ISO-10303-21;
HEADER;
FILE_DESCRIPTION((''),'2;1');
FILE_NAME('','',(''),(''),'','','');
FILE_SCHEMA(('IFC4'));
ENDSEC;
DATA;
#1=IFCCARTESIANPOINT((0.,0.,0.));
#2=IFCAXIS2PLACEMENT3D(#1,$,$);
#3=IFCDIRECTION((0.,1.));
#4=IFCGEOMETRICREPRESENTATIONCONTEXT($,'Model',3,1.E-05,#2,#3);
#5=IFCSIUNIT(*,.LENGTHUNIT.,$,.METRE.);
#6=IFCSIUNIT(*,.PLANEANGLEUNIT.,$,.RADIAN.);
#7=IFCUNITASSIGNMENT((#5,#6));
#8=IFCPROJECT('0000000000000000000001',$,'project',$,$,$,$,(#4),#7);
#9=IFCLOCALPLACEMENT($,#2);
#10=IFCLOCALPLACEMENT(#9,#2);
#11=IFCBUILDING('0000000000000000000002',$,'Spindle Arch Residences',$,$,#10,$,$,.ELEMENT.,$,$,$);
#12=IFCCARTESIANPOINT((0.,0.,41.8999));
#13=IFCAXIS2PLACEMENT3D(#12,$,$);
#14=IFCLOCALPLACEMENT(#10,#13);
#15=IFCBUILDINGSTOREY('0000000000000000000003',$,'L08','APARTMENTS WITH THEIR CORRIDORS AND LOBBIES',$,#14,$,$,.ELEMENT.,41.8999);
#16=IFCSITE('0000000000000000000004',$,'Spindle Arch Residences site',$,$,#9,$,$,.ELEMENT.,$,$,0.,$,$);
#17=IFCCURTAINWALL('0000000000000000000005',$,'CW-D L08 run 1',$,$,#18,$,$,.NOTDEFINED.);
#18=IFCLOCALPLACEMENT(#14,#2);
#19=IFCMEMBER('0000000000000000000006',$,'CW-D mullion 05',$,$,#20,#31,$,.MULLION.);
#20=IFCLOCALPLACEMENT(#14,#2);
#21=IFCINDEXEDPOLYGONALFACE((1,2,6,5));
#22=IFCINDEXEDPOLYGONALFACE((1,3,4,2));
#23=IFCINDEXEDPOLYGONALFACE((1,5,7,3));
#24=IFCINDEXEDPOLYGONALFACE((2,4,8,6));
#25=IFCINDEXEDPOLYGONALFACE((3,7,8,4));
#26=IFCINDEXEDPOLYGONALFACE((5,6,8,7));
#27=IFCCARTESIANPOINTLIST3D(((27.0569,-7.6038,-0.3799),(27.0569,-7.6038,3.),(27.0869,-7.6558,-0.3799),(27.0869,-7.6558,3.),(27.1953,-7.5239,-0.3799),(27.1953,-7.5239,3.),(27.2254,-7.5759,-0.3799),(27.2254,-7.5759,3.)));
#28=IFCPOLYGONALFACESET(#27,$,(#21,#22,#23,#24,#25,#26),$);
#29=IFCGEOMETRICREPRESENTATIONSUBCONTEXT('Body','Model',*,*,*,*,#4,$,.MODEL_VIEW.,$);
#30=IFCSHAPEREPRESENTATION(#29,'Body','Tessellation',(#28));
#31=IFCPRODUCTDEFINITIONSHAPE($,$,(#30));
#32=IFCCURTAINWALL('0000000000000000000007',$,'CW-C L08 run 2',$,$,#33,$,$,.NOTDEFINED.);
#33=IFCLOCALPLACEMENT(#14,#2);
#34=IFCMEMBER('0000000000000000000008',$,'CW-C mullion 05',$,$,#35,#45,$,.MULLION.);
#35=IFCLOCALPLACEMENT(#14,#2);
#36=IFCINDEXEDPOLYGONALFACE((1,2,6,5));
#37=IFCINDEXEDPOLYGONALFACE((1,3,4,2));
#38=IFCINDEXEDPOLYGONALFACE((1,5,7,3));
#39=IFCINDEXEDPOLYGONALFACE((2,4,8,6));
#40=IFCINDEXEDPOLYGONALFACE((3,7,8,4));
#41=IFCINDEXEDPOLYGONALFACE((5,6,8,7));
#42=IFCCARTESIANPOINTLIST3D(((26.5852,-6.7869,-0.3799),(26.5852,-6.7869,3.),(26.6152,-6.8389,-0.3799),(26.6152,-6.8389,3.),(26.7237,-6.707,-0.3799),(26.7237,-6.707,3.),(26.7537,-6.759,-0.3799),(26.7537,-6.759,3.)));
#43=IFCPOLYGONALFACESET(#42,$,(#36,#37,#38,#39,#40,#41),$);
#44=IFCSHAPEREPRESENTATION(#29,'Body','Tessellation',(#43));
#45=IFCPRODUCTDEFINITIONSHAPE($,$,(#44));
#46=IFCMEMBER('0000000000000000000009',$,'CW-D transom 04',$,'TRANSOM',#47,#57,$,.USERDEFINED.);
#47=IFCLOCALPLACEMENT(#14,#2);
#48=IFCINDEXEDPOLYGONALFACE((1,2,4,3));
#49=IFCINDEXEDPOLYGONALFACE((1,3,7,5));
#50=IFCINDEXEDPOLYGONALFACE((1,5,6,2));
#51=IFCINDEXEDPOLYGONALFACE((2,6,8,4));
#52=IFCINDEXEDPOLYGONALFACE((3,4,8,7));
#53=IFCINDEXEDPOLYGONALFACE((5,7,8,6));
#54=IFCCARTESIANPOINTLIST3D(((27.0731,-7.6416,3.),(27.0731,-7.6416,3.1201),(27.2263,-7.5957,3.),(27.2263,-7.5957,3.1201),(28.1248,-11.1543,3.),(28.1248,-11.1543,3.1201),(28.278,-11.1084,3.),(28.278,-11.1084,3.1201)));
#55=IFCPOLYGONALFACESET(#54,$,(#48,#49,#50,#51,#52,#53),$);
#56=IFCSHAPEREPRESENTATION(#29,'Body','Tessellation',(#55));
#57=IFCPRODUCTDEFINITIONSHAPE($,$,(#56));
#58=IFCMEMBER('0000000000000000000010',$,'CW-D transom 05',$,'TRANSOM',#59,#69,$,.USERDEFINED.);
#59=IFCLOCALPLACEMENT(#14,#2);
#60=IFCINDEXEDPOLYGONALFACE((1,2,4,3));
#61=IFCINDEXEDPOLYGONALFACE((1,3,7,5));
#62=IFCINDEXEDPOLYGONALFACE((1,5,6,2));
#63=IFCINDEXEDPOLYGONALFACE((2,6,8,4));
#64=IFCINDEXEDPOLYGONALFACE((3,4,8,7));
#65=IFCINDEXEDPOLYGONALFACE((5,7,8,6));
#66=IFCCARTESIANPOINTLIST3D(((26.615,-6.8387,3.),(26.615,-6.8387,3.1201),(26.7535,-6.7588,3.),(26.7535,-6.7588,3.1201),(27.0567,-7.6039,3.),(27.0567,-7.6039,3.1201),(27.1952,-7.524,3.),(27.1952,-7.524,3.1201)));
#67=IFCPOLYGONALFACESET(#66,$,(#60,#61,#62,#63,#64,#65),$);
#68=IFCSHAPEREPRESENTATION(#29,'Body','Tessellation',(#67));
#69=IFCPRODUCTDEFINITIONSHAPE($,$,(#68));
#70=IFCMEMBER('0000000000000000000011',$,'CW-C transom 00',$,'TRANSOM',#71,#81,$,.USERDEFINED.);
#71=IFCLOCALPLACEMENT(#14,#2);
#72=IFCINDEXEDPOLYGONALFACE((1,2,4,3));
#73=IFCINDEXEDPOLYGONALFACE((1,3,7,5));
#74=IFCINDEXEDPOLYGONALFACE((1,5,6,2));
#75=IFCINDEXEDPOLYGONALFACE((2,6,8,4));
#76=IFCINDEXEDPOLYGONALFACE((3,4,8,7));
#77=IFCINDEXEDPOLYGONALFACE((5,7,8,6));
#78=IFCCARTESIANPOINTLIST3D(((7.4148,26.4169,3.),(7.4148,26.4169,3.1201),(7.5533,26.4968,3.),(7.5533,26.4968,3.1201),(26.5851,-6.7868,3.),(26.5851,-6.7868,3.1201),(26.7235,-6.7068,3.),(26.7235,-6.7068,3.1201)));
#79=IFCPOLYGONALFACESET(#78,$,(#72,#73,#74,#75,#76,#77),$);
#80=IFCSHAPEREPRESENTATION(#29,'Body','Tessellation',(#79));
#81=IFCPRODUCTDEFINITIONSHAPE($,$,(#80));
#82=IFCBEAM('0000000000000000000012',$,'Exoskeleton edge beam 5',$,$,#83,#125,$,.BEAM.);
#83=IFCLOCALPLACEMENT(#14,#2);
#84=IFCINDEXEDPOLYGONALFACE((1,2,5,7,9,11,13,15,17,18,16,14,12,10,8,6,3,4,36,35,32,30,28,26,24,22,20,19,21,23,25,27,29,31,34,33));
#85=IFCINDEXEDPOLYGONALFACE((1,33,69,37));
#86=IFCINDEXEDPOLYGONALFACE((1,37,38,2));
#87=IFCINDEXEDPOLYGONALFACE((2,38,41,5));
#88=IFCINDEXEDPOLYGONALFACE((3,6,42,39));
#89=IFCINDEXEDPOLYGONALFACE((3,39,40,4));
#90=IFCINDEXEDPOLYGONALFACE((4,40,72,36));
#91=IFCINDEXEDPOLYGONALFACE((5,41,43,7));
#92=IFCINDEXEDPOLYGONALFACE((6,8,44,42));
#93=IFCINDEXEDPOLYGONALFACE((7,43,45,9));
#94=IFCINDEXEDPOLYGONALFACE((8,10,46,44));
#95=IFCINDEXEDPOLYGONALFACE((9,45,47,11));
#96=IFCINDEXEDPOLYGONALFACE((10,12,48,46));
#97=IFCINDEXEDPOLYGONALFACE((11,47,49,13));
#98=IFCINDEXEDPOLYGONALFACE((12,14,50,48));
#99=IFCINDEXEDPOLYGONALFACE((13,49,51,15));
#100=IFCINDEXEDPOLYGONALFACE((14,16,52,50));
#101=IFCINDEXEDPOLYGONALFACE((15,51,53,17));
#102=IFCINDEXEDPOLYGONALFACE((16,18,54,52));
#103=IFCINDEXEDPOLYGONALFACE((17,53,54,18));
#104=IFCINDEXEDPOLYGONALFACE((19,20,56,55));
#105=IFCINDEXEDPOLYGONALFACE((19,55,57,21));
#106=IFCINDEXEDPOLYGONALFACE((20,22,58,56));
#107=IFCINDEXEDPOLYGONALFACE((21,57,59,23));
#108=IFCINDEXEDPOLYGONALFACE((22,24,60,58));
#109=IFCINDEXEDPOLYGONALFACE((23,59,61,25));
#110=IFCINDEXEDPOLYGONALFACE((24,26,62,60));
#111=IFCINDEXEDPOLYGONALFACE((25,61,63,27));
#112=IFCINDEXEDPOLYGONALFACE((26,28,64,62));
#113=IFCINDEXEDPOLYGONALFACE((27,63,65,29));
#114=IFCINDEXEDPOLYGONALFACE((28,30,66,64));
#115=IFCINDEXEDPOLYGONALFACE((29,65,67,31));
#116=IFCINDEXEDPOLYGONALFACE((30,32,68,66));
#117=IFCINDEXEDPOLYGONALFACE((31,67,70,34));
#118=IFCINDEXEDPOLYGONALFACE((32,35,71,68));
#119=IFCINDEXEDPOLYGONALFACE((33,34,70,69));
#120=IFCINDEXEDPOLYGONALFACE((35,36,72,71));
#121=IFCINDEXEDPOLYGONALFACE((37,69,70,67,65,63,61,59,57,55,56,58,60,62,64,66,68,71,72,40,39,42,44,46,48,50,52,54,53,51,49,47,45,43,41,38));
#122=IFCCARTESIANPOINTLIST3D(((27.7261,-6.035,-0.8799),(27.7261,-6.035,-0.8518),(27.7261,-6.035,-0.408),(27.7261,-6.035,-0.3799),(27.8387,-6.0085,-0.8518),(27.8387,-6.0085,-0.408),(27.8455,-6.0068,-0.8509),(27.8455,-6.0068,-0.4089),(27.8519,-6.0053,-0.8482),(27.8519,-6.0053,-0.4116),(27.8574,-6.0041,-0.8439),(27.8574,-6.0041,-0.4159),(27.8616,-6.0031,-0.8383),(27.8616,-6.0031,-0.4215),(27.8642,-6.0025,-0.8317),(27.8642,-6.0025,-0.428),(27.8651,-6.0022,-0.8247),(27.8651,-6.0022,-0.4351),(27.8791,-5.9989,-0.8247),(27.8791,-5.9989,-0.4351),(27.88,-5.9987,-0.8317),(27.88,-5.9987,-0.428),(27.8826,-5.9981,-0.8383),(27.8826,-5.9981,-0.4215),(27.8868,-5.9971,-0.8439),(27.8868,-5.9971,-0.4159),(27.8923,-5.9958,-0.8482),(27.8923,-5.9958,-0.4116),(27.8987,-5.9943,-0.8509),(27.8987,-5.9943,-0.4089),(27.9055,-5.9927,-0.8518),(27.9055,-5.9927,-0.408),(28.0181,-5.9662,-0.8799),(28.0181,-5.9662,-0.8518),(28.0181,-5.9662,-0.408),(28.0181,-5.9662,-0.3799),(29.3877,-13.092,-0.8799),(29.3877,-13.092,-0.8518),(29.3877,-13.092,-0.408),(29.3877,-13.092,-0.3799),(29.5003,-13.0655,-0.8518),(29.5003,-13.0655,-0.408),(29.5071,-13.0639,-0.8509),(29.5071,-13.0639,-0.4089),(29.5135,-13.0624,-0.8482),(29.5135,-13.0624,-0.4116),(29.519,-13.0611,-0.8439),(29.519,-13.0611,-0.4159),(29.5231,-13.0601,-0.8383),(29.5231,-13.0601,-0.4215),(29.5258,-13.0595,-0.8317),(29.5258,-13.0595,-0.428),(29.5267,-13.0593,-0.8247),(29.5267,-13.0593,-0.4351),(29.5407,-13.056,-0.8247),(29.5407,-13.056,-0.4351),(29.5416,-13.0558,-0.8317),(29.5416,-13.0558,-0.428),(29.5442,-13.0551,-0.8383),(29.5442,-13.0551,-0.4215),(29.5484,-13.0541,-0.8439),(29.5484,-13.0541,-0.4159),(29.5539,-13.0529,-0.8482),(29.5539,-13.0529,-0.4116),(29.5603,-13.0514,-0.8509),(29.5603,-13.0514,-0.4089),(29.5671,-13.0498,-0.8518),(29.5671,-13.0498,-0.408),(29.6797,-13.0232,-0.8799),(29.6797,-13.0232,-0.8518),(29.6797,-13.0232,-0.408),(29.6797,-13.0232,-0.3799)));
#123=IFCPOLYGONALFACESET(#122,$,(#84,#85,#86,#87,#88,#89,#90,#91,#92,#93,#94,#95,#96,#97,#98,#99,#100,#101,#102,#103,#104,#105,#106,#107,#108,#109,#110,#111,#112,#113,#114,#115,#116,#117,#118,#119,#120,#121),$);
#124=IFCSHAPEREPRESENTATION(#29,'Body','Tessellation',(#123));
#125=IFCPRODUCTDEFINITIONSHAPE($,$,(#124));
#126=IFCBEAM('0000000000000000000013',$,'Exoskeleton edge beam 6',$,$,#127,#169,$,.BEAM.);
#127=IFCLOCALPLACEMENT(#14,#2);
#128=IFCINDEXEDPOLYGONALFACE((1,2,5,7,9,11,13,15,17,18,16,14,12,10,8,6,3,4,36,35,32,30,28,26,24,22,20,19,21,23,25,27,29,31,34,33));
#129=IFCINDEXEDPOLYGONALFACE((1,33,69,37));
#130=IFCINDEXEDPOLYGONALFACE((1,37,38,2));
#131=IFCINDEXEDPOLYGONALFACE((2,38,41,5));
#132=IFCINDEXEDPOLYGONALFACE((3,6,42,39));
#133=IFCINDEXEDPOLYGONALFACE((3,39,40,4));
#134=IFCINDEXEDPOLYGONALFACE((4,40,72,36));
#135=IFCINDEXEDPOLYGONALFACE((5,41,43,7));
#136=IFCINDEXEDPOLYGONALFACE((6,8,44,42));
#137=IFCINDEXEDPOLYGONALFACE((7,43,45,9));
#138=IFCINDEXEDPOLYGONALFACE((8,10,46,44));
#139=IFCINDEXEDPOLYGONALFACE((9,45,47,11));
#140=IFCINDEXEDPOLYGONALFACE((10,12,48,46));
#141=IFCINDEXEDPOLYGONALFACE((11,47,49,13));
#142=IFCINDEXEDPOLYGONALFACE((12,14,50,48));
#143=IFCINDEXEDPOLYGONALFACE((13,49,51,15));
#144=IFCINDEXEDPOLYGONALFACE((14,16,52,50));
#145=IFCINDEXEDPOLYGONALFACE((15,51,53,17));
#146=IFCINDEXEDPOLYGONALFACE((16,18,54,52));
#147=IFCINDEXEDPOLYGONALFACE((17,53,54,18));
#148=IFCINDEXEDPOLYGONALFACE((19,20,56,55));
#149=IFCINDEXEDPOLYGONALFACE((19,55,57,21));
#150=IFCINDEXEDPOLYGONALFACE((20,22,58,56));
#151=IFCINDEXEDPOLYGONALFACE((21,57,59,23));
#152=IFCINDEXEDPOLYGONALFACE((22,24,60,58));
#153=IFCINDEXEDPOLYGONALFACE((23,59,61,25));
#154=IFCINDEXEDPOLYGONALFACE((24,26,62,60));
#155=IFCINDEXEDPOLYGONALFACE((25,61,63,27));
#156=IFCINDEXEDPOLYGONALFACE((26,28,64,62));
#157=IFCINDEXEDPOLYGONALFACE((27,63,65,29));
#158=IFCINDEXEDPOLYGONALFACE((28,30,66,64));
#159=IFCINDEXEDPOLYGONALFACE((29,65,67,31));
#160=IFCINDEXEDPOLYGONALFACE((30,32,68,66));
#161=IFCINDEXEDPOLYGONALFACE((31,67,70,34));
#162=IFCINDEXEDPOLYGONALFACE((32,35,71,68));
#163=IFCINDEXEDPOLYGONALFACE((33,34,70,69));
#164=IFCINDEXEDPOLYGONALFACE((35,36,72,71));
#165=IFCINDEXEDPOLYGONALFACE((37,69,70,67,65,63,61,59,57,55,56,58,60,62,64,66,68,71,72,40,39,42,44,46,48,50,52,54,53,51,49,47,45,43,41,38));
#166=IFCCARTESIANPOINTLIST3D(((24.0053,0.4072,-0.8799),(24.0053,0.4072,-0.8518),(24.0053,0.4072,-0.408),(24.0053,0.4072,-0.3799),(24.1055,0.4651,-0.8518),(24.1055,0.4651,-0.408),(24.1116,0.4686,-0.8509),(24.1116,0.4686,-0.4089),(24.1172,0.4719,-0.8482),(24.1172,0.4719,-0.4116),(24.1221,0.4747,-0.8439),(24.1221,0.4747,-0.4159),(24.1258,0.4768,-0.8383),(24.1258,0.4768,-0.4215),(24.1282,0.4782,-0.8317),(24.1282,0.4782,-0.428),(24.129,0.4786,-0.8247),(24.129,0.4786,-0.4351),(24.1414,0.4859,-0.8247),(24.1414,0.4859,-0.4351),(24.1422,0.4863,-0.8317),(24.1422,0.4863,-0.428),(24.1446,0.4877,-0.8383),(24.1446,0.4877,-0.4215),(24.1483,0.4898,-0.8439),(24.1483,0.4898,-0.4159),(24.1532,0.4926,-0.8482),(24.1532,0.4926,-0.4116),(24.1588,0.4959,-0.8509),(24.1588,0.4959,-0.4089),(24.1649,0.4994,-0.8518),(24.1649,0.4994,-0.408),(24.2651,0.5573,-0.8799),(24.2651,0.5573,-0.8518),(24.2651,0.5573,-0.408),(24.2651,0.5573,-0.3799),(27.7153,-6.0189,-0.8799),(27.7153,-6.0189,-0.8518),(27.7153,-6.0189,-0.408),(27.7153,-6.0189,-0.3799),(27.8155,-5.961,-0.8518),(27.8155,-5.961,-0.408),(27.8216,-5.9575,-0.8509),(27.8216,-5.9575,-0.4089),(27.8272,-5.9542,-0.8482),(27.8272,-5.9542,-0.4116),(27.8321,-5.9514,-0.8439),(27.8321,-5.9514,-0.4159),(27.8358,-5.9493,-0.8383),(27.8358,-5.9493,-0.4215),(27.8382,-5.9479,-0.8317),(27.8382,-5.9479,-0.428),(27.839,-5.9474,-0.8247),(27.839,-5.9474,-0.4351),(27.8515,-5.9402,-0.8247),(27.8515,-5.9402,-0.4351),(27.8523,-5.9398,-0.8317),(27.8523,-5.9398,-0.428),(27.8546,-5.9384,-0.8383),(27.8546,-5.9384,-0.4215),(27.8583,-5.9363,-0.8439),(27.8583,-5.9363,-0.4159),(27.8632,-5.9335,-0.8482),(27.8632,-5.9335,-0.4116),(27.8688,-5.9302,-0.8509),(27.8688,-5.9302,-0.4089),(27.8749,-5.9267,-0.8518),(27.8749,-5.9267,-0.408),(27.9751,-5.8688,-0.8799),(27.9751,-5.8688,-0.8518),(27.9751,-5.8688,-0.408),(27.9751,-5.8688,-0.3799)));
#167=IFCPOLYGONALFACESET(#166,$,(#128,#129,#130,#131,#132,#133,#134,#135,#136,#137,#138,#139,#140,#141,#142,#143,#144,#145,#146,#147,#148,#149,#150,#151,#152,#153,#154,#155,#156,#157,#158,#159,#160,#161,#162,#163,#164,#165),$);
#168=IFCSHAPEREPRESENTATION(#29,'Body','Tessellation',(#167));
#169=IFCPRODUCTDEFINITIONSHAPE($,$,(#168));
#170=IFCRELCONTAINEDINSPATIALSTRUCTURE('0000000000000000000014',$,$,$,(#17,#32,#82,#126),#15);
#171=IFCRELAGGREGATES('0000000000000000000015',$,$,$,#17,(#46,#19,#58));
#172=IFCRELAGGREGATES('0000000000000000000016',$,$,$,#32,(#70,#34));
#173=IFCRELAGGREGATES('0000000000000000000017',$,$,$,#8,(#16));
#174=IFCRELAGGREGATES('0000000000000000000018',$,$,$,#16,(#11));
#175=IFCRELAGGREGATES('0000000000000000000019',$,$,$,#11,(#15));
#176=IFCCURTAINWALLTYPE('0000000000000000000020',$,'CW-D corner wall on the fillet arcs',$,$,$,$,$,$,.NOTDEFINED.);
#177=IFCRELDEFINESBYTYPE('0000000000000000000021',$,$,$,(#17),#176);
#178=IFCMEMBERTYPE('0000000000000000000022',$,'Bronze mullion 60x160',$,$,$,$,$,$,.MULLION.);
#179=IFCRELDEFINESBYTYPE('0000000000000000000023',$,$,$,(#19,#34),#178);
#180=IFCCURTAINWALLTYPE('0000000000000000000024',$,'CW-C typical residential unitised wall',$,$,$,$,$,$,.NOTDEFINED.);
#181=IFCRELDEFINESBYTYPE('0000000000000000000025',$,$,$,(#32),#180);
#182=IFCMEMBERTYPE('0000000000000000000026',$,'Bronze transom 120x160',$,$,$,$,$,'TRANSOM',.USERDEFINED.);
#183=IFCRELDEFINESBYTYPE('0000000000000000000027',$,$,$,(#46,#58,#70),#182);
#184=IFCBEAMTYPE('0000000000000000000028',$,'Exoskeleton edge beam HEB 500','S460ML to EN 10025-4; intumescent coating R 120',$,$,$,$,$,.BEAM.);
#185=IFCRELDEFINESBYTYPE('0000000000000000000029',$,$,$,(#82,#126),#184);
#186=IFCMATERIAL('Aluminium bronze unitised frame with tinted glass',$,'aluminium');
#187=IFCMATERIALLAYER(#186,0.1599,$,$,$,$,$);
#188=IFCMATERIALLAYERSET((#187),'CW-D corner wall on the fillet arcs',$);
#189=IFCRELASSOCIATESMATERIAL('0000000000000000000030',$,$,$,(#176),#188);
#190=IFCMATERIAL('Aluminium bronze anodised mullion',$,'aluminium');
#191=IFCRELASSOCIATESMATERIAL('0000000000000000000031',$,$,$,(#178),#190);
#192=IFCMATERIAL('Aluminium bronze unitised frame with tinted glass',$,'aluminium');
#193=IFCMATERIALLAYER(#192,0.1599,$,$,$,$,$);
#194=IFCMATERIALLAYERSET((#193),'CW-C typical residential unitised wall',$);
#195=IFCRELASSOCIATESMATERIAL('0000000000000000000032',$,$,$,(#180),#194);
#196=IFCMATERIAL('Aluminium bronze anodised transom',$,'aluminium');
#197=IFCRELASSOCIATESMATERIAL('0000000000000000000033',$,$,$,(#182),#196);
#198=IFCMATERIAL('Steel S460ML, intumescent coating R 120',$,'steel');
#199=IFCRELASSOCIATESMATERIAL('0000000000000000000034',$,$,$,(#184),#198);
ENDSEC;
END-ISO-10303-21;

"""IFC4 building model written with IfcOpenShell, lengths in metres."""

from ifc_helpers import new_model, si_unit, direction, frame, origin, origin_2d, place, context, subcontext, project, spatial, rectangle, i_section, extrude, material, layer, layer_set, material_profile, profile_set, type_object, element, aggregate, save


model = new_model("IFC4")

# Units and contexts
model_context = context("Model", 3, precision=1e-05, world=origin(), true_north=direction((0.0, 1.0)))
body_context = subcontext(model_context, "Body", "Model", "MODEL_VIEW")
ifc_project = project(units=[si_unit("LENGTHUNIT", "METRE"), si_unit("PLANEANGLEUNIT", "RADIAN")], contexts=[model_context])

# Site, building, storey
site_placement = place(None, origin())
site = spatial("IfcSite", under=ifc_project, at=site_placement, Name="Spindle Arch Residences site", CompositionType="ELEMENT", RefElevation=0.0)
building_placement = place(site_placement, origin())
building = spatial("IfcBuilding", under=site, at=building_placement, Name="Spindle Arch Residences", CompositionType="ELEMENT")
storey_placement = place(building_placement, frame((0.0, 0.0, 41.8999)))
storey = spatial("IfcBuildingStorey", under=building, at=storey_placement, Name="L08", Description="APARTMENTS WITH THEIR CORRIDORS AND LOBBIES", CompositionType="ELEMENT", Elevation=41.8999)

# Curtain wall, member
ifc_material_1 = material(Name="Aluminium bronze unitised frame with tinted glass", Category="aluminium")
ifc_layer_1 = layer(ifc_material_1, 0.1599)
ifc_layer_set_1 = layer_set([ifc_layer_1], Name="CW-D corner wall on the fillet arcs")
curtain_wall_type_1 = type_object("IfcCurtainWallType", Name="CW-D corner wall on the fillet arcs", PredefinedType="NOTDEFINED", material=ifc_layer_set_1)
curtain_wall_1_placement = place(storey_placement, origin())
curtain_wall_1 = element("IfcCurtainWall", 1, at=curtain_wall_1_placement, inside=storey, type_object=curtain_wall_type_1, Name="CW-D L08 run 1", PredefinedType="NOTDEFINED")
ifc_material_2 = material(Name="Aluminium bronze anodised mullion", Category="aluminium")
ifc_material_profile_1 = material_profile(ifc_material_2, rectangle(XDim=0.1599, YDim=0.0601, at=origin_2d()), Name="MU 60x160")
ifc_profile_set_1 = profile_set([ifc_material_profile_1], Name="Aluminium bronze anodised mullion")
member_type_1 = type_object("IfcMemberType", Name="Bronze mullion 60x160", PredefinedType="MULLION", material=ifc_profile_set_1)
member_1_placement = place(storey_placement, frame((27.1411, -7.5898, -0.3799), z_axis=(0.0, 0.0, 1.0), x_axis=(-0.866025, -0.5, 0.0)))
member_1 = element("IfcMember", 2, at=member_1_placement, type_object=member_type_1, Name="CW-D mullion 05", PredefinedType="MULLION", context=body_context, shape_type="SweptSolid", body=[
    extrude(rectangle(XDim=0.1599, YDim=0.0601, at=origin_2d()), origin(), (0.0, 0.0, 1.0), 3.3799),
])

# Curtain wall, member
ifc_material_3 = material(Name="Aluminium bronze unitised frame with tinted glass", Category="aluminium")
ifc_layer_2 = layer(ifc_material_3, 0.1599)
ifc_layer_set_2 = layer_set([ifc_layer_2], Name="CW-C typical residential unitised wall")
curtain_wall_type_2 = type_object("IfcCurtainWallType", Name="CW-C typical residential unitised wall", PredefinedType="NOTDEFINED", material=ifc_layer_set_2)
curtain_wall_2_placement = place(storey_placement, origin())
curtain_wall_2 = element("IfcCurtainWall", 3, at=curtain_wall_2_placement, inside=storey, type_object=curtain_wall_type_2, Name="CW-C L08 run 2", PredefinedType="NOTDEFINED")
member_2_placement = place(storey_placement, frame((26.6694, -6.7729, -0.3799), z_axis=(0.0, 0.0, 1.0), x_axis=(-0.866025, -0.5, 0.0)))
member_2 = element("IfcMember", 4, at=member_2_placement, type_object=member_type_1, Name="CW-C mullion 05", PredefinedType="MULLION", context=body_context, shape_type="SweptSolid", body=[
    extrude(rectangle(XDim=0.1599, YDim=0.0601, at=origin_2d()), origin(), (0.0, 0.0, 1.0), 3.3799),
])

# Members
ifc_material_4 = material(Name="Aluminium bronze anodised transom", Category="aluminium")
ifc_material_profile_2 = material_profile(ifc_material_4, rectangle(XDim=0.1599, YDim=0.1201, at=origin_2d()), Name="TR 120x160")
ifc_profile_set_2 = profile_set([ifc_material_profile_2], Name="Aluminium bronze anodised transom")
member_type_2 = type_object("IfcMemberType", Name="Bronze transom 120x160", ElementType="TRANSOM", PredefinedType="USERDEFINED", material=ifc_profile_set_2)
member_3_placement = place(storey_placement, frame((28.2014, -11.1313, 3.0601), z_axis=(-0.286835, 0.95798, 0.0), x_axis=(-0.95798, -0.286835, 0.0)))
member_3 = element("IfcMember", 5, at=member_3_placement, type_object=member_type_2, Name="CW-D transom 04", ObjectType="TRANSOM", PredefinedType="USERDEFINED", context=body_context, shape_type="SweptSolid", body=[
    extrude(rectangle(XDim=0.1599, YDim=0.1201, at=origin_2d()), origin(), (0.0, 0.0, 1.0), 3.6667),
])
member_4_placement = place(storey_placement, frame((27.126, -7.564, 3.0601), z_axis=(-0.499914, 0.866075, 0.0), x_axis=(-0.866075, -0.499914, 0.0)))
member_4 = element("IfcMember", 6, at=member_4_placement, type_object=member_type_2, Name="CW-D transom 05", ObjectType="TRANSOM", PredefinedType="USERDEFINED", context=body_context, shape_type="SweptSolid", body=[
    extrude(rectangle(XDim=0.1599, YDim=0.1201, at=origin_2d()), origin(), (0.0, 0.0, 1.0), 0.8835),
])
member_5_placement = place(storey_placement, frame((26.6543, -6.7468, 3.0601), z_axis=(-0.500001, 0.866025, 0.0), x_axis=(-0.866025, -0.500001, 0.0)))
member_5 = element("IfcMember", 7, at=member_5_placement, type_object=member_type_2, Name="CW-C transom 00", ObjectType="TRANSOM", PredefinedType="USERDEFINED", context=body_context, shape_type="SweptSolid", body=[
    extrude(rectangle(XDim=0.1599, YDim=0.1201, at=origin_2d()), origin(), (0.0, 0.0, 1.0), 38.3403),
])

# Beams
ifc_material_5 = material(Name="Steel S460ML, intumescent coating R 120", Category="steel")
ifc_material_profile_3 = material_profile(ifc_material_5, i_section(OverallWidth=0.3, OverallDepth=0.5, WebThickness=0.0144, FlangeThickness=0.0281, FilletRadius=0.0271, at=origin_2d()), Name="HEB 500")
ifc_profile_set_3 = profile_set([ifc_material_profile_3], Name="Steel S460ML, intumescent coating R 120")
beam_type_1 = type_object("IfcBeamType", Name="Exoskeleton edge beam HEB 500", Description="S460ML to EN 10025-4; intumescent coating R 120", PredefinedType="BEAM", material=ifc_profile_set_3)
beam_1_placement = place(storey_placement, frame((29.5337, -13.0576, -0.6299), z_axis=(-0.229186, 0.973383, 0.0), x_axis=(-0.973383, -0.229186, 0.0)))
element("IfcBeam", 8, at=beam_1_placement, inside=storey, type_object=beam_type_1, Name="Exoskeleton edge beam 5", PredefinedType="BEAM", context=body_context, shape_type="SweptSolid", body=[
    extrude(i_section(OverallWidth=0.3, OverallDepth=0.5, WebThickness=0.0144, FlangeThickness=0.0281, FilletRadius=0.0271, at=origin_2d()), origin(), (0.0, 0.0, 1.0), 7.25),
])
beam_2_placement = place(storey_placement, frame((27.8452, -5.9438, -0.6299), z_axis=(-0.499989, 0.866032, 0.0), x_axis=(-0.866032, -0.499989, 0.0)))
element("IfcBeam", 9, at=beam_2_placement, inside=storey, type_object=beam_type_1, Name="Exoskeleton edge beam 6", PredefinedType="BEAM", context=body_context, shape_type="SweptSolid", body=[
    extrude(i_section(OverallWidth=0.3, OverallDepth=0.5, WebThickness=0.0144, FlangeThickness=0.0281, FilletRadius=0.0271, at=origin_2d()), origin(), (0.0, 0.0, 1.0), 7.4202),
])

aggregate(curtain_wall_1, [member_3, member_1, member_4])
aggregate(curtain_wall_2, [member_5, member_2])

save(model, "model.ifc")
